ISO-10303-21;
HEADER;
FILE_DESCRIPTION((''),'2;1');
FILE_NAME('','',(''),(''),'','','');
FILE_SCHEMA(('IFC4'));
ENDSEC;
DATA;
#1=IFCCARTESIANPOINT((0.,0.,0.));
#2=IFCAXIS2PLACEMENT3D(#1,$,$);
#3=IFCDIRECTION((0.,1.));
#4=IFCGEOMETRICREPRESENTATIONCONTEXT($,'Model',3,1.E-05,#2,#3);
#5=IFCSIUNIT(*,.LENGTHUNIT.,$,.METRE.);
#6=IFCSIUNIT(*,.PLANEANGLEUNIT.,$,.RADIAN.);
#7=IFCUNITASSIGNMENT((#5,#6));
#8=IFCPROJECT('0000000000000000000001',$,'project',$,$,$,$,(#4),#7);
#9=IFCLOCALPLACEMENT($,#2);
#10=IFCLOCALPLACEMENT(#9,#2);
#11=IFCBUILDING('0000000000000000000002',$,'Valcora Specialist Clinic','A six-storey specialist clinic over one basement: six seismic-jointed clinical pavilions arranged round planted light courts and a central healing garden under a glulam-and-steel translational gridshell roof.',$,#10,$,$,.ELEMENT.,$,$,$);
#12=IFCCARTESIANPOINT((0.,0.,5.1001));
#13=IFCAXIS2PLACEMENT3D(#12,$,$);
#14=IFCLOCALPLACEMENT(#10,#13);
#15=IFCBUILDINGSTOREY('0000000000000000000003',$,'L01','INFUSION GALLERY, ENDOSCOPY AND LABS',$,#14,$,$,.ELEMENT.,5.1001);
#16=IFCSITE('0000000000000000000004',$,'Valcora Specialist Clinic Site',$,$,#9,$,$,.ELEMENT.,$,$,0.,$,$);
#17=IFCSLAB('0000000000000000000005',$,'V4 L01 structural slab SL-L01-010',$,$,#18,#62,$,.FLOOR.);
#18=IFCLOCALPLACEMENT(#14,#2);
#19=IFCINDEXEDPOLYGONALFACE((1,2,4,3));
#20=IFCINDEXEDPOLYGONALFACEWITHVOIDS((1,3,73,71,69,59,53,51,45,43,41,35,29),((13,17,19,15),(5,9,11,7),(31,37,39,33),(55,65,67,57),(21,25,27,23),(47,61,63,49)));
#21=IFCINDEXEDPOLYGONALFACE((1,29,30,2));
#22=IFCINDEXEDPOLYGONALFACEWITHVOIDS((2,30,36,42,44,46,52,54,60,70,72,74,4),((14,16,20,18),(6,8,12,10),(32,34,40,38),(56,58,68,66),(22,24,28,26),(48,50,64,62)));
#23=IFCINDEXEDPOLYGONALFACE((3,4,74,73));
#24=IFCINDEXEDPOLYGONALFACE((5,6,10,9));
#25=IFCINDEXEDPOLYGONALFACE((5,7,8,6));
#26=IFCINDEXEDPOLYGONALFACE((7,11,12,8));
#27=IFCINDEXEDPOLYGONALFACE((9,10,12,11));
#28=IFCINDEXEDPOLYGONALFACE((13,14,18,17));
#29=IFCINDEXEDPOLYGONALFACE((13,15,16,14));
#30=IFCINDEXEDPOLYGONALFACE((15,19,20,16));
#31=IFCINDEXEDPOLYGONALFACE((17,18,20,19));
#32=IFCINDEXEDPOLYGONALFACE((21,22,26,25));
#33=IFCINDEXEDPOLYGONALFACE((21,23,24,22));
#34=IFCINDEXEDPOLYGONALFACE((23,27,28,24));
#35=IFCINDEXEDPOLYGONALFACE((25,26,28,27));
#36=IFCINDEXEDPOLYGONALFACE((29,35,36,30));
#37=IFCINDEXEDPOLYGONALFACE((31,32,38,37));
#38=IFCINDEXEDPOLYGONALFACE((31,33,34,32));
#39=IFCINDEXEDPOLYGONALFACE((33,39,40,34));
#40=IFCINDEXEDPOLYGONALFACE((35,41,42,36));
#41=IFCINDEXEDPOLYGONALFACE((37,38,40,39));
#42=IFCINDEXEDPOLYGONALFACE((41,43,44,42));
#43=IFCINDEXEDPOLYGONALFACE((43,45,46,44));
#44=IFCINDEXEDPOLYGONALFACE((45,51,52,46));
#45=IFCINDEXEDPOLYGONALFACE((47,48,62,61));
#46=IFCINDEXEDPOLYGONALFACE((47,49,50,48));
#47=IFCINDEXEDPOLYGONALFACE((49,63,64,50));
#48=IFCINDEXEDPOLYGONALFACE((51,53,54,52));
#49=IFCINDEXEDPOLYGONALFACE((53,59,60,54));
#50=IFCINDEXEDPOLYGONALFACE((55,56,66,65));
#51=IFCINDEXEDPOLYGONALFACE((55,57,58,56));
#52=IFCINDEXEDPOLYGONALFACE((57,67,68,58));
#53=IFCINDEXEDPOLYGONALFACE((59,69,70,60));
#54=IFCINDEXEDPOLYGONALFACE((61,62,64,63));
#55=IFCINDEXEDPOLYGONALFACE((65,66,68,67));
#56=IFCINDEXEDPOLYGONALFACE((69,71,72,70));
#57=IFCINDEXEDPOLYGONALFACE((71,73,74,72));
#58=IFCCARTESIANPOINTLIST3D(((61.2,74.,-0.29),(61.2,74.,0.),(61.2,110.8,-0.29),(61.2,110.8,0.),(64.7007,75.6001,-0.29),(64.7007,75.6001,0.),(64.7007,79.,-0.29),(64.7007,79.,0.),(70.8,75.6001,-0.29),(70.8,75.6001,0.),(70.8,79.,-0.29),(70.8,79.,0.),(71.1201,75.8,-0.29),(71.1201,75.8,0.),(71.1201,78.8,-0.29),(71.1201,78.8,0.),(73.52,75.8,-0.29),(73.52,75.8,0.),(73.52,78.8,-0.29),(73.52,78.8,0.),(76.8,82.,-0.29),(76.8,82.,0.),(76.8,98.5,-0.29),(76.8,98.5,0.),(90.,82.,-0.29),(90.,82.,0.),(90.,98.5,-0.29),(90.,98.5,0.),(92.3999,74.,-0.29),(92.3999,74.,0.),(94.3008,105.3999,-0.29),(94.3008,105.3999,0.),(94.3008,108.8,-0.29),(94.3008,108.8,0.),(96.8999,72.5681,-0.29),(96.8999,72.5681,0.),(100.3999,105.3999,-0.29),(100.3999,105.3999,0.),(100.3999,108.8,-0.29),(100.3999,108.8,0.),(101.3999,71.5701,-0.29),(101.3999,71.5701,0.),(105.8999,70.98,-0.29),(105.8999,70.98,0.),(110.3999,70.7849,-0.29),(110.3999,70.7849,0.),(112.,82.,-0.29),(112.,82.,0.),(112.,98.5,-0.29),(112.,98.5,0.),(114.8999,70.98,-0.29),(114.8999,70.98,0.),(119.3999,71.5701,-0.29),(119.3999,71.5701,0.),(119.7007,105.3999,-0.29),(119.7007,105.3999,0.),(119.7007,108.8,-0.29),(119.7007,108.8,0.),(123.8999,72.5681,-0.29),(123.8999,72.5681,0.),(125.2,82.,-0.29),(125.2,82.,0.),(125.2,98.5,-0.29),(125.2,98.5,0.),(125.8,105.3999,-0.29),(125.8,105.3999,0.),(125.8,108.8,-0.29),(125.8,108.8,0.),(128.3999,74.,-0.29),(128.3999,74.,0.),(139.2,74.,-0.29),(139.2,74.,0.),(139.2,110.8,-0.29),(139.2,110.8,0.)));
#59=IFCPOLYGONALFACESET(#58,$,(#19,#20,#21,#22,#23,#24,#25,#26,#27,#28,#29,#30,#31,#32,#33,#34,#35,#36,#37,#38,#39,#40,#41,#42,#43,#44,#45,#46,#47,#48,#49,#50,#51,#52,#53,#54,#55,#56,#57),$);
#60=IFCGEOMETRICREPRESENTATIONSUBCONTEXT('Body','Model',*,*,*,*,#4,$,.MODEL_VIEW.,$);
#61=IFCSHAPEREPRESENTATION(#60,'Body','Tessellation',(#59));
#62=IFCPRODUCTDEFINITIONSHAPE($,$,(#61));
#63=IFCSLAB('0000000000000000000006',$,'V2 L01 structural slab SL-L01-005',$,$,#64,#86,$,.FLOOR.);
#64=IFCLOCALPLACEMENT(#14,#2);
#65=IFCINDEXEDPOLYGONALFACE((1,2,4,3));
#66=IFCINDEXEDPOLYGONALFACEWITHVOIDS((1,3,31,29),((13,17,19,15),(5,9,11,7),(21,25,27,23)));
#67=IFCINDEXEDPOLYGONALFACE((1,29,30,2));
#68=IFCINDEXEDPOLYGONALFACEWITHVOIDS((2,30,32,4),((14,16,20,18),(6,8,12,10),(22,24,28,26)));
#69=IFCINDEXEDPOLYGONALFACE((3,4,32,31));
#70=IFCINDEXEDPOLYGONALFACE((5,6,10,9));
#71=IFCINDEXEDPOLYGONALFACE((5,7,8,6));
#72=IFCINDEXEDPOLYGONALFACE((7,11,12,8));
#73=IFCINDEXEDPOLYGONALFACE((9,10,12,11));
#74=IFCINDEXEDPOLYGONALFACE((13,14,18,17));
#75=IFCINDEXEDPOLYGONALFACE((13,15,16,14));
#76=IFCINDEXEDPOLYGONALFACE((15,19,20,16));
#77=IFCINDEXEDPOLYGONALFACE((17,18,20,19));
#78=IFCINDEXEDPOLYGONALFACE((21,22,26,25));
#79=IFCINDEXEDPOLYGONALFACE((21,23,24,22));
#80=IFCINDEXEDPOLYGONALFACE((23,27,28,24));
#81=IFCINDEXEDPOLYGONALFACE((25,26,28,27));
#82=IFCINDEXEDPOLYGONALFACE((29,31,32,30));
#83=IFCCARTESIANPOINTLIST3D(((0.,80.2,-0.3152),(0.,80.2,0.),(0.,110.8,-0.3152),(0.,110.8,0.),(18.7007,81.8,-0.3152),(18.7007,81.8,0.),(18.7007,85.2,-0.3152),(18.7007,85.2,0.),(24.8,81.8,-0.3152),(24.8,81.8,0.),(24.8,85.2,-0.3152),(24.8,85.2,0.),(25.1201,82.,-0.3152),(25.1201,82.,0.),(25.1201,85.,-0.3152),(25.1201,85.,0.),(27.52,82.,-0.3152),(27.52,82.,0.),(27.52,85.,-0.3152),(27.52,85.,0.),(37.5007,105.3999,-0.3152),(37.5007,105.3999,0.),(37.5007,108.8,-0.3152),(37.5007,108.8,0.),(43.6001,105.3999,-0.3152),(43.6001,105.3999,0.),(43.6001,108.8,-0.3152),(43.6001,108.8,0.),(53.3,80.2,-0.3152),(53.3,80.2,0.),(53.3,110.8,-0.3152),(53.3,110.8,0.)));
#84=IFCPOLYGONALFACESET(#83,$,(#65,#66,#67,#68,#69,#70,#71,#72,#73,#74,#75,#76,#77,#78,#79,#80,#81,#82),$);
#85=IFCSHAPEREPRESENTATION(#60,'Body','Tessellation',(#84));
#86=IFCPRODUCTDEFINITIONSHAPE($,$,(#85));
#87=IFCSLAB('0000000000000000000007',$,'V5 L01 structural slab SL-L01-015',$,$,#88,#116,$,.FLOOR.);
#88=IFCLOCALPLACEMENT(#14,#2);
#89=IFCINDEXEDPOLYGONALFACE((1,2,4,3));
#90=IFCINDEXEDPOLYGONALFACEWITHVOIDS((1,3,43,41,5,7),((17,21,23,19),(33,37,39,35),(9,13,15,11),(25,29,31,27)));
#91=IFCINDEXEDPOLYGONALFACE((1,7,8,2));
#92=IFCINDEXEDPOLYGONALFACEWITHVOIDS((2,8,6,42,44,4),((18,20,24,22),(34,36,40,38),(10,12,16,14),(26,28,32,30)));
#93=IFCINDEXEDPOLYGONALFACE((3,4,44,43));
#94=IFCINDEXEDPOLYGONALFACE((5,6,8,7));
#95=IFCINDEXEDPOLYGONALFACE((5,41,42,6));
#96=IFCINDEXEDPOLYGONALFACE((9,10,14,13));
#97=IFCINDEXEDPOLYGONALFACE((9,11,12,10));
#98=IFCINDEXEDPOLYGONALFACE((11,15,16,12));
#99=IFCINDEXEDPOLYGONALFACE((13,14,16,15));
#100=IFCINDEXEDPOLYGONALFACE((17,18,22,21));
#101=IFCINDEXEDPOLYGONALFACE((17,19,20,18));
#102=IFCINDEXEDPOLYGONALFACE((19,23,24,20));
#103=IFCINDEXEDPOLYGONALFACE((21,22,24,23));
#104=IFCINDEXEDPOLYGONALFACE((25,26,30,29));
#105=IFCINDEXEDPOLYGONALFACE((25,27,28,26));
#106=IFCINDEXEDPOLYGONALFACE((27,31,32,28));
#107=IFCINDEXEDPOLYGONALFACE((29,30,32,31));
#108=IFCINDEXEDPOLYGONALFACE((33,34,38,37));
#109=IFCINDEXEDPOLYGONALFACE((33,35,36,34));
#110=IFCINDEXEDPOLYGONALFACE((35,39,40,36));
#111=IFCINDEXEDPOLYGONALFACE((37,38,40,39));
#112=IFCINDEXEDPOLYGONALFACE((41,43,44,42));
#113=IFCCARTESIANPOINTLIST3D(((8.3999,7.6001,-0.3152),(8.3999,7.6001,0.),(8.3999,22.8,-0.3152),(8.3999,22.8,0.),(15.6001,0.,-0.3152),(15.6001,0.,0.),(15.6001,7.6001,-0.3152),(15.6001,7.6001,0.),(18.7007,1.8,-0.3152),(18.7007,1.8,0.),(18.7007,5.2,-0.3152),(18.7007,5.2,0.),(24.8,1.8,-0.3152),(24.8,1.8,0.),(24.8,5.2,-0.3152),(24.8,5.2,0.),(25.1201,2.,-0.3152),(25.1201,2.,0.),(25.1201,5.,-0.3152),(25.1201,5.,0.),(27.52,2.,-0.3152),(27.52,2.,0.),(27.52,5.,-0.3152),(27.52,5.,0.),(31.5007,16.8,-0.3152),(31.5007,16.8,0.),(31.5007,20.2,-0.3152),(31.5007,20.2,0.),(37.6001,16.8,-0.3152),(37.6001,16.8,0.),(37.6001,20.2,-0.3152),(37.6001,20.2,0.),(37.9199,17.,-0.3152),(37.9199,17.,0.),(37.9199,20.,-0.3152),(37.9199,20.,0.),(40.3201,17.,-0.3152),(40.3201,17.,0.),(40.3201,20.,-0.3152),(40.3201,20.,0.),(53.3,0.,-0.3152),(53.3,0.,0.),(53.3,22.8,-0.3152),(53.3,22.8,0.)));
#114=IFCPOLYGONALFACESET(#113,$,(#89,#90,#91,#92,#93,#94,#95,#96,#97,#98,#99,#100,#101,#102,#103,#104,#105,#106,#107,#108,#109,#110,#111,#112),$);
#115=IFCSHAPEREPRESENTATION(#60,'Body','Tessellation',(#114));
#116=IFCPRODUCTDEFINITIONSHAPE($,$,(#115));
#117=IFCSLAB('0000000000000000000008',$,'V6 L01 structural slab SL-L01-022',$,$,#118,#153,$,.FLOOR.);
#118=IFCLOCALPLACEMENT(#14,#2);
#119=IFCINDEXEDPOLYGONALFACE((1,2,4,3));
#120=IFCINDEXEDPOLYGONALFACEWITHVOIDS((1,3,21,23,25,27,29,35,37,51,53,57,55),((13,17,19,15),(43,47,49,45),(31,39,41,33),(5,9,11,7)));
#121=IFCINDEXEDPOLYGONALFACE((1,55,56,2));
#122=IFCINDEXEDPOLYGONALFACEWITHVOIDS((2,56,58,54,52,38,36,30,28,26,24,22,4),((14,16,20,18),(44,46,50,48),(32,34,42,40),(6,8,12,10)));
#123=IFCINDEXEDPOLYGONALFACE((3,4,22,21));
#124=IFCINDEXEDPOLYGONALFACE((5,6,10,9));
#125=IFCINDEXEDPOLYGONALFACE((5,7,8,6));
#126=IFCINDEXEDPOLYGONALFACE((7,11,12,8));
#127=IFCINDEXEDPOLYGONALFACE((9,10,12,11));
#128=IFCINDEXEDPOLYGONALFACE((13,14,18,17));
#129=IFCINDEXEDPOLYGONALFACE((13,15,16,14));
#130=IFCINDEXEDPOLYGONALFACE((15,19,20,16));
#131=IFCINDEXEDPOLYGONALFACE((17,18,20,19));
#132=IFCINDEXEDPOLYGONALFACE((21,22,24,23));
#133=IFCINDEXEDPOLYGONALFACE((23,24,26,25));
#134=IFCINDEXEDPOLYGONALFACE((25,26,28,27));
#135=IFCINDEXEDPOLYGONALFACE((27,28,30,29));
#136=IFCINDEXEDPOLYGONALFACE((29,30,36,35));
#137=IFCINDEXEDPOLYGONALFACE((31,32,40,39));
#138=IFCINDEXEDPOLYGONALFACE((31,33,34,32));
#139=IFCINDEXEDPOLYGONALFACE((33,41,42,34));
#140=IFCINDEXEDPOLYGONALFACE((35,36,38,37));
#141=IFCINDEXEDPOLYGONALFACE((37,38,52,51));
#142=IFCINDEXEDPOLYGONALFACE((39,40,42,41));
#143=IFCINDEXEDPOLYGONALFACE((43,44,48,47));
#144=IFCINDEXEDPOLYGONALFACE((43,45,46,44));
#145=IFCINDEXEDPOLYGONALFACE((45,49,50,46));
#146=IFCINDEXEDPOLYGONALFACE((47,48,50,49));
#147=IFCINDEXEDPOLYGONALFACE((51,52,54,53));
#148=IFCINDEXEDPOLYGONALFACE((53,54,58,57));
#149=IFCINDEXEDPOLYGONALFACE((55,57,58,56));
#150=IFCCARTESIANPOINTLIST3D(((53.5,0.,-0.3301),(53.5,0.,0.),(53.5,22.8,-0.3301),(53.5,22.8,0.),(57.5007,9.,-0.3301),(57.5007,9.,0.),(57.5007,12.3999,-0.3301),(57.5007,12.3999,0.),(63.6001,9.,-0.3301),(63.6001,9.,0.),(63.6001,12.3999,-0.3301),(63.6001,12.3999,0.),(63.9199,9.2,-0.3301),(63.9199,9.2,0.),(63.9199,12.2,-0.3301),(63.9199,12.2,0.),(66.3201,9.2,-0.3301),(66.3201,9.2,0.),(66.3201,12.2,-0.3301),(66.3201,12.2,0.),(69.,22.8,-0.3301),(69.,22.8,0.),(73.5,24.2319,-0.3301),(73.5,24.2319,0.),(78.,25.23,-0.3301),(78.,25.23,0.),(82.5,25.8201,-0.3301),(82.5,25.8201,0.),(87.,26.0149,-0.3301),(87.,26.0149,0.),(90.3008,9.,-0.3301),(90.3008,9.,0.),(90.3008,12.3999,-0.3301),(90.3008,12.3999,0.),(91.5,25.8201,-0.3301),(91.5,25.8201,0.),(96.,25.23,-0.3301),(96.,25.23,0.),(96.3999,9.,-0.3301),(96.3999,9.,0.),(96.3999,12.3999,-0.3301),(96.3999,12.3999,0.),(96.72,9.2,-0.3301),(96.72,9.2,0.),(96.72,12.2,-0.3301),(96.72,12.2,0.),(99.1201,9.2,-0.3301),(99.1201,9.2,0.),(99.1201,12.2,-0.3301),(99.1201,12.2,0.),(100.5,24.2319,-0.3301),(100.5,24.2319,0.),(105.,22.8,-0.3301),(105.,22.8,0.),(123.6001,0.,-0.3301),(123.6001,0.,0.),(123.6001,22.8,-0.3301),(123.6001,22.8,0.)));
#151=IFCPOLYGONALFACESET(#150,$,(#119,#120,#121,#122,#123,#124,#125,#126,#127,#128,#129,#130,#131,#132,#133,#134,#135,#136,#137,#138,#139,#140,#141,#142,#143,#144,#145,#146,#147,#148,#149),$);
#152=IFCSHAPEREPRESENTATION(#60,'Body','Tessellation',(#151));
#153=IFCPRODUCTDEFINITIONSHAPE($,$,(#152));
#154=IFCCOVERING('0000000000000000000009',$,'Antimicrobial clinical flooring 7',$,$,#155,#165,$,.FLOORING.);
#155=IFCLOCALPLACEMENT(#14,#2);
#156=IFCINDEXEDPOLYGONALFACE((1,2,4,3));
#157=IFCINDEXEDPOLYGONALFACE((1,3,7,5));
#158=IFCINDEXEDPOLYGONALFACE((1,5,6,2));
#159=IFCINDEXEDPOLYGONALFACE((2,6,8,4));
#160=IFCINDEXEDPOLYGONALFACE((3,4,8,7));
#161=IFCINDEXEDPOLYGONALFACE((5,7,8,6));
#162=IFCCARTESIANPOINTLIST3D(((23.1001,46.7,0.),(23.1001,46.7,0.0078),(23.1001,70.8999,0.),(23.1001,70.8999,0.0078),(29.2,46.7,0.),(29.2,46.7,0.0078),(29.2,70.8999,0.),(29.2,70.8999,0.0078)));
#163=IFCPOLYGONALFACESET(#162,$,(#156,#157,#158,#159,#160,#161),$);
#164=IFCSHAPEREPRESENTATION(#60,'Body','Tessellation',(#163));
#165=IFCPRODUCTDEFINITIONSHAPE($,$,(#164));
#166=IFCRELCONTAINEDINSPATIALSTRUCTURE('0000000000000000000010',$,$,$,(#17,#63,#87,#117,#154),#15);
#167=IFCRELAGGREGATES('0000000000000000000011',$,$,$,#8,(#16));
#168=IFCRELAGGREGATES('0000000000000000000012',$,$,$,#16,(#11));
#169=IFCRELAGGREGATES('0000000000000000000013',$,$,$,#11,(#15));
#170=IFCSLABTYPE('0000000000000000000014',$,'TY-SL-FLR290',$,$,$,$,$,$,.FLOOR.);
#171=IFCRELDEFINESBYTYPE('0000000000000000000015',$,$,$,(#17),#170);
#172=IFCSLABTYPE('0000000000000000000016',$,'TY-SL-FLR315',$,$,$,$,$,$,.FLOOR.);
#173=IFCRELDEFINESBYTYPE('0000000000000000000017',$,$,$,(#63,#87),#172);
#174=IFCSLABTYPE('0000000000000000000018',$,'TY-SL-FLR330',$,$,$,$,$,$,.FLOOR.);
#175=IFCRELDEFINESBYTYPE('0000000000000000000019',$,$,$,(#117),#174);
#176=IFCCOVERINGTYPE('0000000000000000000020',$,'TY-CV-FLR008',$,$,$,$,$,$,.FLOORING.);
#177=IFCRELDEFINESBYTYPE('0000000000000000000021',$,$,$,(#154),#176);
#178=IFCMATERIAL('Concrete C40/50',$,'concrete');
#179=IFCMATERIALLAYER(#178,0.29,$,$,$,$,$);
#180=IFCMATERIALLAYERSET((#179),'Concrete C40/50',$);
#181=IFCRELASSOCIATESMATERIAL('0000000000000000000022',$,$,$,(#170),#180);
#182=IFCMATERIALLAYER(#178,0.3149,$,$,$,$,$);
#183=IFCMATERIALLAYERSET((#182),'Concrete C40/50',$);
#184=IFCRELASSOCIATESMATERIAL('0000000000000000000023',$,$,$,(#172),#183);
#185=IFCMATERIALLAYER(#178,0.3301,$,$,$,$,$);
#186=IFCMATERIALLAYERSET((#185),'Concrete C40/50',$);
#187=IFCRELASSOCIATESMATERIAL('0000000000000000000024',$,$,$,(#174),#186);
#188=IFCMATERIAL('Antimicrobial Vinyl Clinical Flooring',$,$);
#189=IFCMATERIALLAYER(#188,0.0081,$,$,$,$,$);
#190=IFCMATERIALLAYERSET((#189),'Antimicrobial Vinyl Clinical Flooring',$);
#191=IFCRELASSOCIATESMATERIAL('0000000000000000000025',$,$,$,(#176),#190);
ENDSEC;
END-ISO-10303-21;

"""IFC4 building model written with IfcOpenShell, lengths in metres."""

from ifc_helpers import new_model, si_unit, direction, frame, origin, place, context, subcontext, project, spatial, polyline, outline, extrude, material, layer, layer_set, type_object, element, save


model = new_model("IFC4")

# Units and contexts
model_context = context("Model", 3, precision=1e-05, world=origin(), true_north=direction((0.0, 1.0)))
body_context = subcontext(model_context, "Body", "Model", "MODEL_VIEW")
ifc_project = project(units=[si_unit("LENGTHUNIT", "METRE"), si_unit("PLANEANGLEUNIT", "RADIAN")], contexts=[model_context])

# Site, building, storey
site_placement = place(None, origin())
site = spatial("IfcSite", under=ifc_project, at=site_placement, Name="Valcora Specialist Clinic Site", CompositionType="ELEMENT", RefElevation=0.0)
building_placement = place(site_placement, origin())
building = spatial("IfcBuilding", under=site, at=building_placement, Name="Valcora Specialist Clinic", Description="A six-storey specialist clinic over one basement: six seismic-jointed clinical pavilions arranged round planted light courts and a central healing garden under a glulam-and-steel translational gridshell roof.", CompositionType="ELEMENT")
storey_placement = place(building_placement, frame((0.0, 0.0, 5.1001)))
storey = spatial("IfcBuildingStorey", under=building, at=storey_placement, Name="L01", Description="INFUSION GALLERY, ENDOSCOPY AND LABS", CompositionType="ELEMENT", Elevation=5.1001)

# Slabs
ifc_material_1 = material(Name="Concrete C40/50", Category="concrete")
ifc_layer_1 = layer(ifc_material_1, 0.29)
ifc_layer_set_1 = layer_set([ifc_layer_1], Name="Concrete C40/50")
slab_type_1 = type_object("IfcSlabType", Name="TY-SL-FLR290", PredefinedType="FLOOR", material=ifc_layer_set_1)
slab_1_placement = place(storey_placement, frame((0.0, 0.0, -0.29)))
element("IfcSlab", 1, at=slab_1_placement, inside=storey, type_object=slab_type_1, Name="V4 L01 structural slab SL-L01-010", PredefinedType="FLOOR", context=body_context, shape_type="SweptSolid", body=[
    extrude(outline(polyline([(61.2, 74.0), (92.3999, 74.0), (96.8999, 72.5681), (101.3999, 71.5701), (105.8999, 70.98), (110.3999, 70.7849), (114.8999, 70.98), (119.3999, 71.5701), (123.8999, 72.5681), (128.3999, 74.0), (139.2, 74.0), (139.2, 110.8), (61.2, 110.8), (61.2, 74.0)]), holes=[polyline([(76.8, 82.0), (90.0, 82.0), (90.0, 98.5), (76.8, 98.5), (76.8, 82.0)]), polyline([(112.0, 82.0), (125.2, 82.0), (125.2, 98.5), (112.0, 98.5), (112.0, 82.0)]), polyline([(64.7007, 75.6001), (70.8, 75.6001), (70.8, 79.0), (64.7007, 79.0), (64.7007, 75.6001)]), polyline([(71.1201, 75.8), (73.52, 75.8), (73.52, 78.8), (71.1201, 78.8), (71.1201, 75.8)]), polyline([(94.3008, 105.3999), (100.3999, 105.3999), (100.3999, 108.8), (94.3008, 108.8), (94.3008, 105.3999)]), polyline([(119.7007, 105.3999), (125.8, 105.3999), (125.8, 108.8), (119.7007, 108.8), (119.7007, 105.3999)])]), origin(), (0.0, 0.0, 1.0), 0.29),
])
ifc_layer_2 = layer(ifc_material_1, 0.3149)
ifc_layer_set_2 = layer_set([ifc_layer_2], Name="Concrete C40/50")
slab_type_2 = type_object("IfcSlabType", Name="TY-SL-FLR315", PredefinedType="FLOOR", material=ifc_layer_set_2)
slab_2_placement = place(storey_placement, frame((0.0, 0.0, -0.3152)))
element("IfcSlab", 2, at=slab_2_placement, inside=storey, type_object=slab_type_2, Name="V2 L01 structural slab SL-L01-005", PredefinedType="FLOOR", context=body_context, shape_type="SweptSolid", body=[
    extrude(outline(polyline([(0.0, 80.2), (53.3, 80.2), (53.3, 110.8), (0.0, 110.8), (0.0, 80.2)]), holes=[polyline([(18.7007, 81.8), (24.8, 81.8), (24.8, 85.2), (18.7007, 85.2), (18.7007, 81.8)]), polyline([(25.1201, 82.0), (27.52, 82.0), (27.52, 85.0), (25.1201, 85.0), (25.1201, 82.0)]), polyline([(37.5007, 105.3999), (43.6001, 105.3999), (43.6001, 108.8), (37.5007, 108.8), (37.5007, 105.3999)])]), origin(), (0.0, 0.0, 1.0), 0.3152),
])
slab_3_placement = place(storey_placement, frame((0.0, 0.0, -0.3152)))
element("IfcSlab", 3, at=slab_3_placement, inside=storey, type_object=slab_type_2, Name="V5 L01 structural slab SL-L01-015", PredefinedType="FLOOR", context=body_context, shape_type="SweptSolid", body=[
    extrude(outline(polyline([(15.6001, 0.0), (53.3, 0.0), (53.3, 22.8), (8.3999, 22.8), (8.3999, 7.6001), (15.6001, 7.6001), (15.6001, 0.0)]), holes=[polyline([(18.7007, 1.8), (24.8, 1.8), (24.8, 5.2), (18.7007, 5.2), (18.7007, 1.8)]), polyline([(25.1201, 2.0), (27.52, 2.0), (27.52, 5.0), (25.1201, 5.0), (25.1201, 2.0)]), polyline([(31.5007, 16.8), (37.6001, 16.8), (37.6001, 20.2), (31.5007, 20.2), (31.5007, 16.8)]), polyline([(37.9199, 17.0), (40.3201, 17.0), (40.3201, 20.0), (37.9199, 20.0), (37.9199, 17.0)])]), origin(), (0.0, 0.0, 1.0), 0.3152),
])
ifc_layer_3 = layer(ifc_material_1, 0.3301)
ifc_layer_set_3 = layer_set([ifc_layer_3], Name="Concrete C40/50")
slab_type_3 = type_object("IfcSlabType", Name="TY-SL-FLR330", PredefinedType="FLOOR", material=ifc_layer_set_3)
slab_4_placement = place(storey_placement, frame((0.0, 0.0, -0.3301)))
element("IfcSlab", 4, at=slab_4_placement, inside=storey, type_object=slab_type_3, Name="V6 L01 structural slab SL-L01-022", PredefinedType="FLOOR", context=body_context, shape_type="SweptSolid", body=[
    extrude(outline(polyline([(53.5, 0.0), (123.6001, 0.0), (123.6001, 22.8), (105.0, 22.8), (100.5, 24.2319), (96.0, 25.23), (91.5, 25.8201), (87.0, 26.0149), (82.5, 25.8201), (78.0, 25.23), (73.5, 24.2319), (69.0, 22.8), (53.5, 22.8), (53.5, 0.0)]), holes=[polyline([(57.5007, 9.0), (63.6001, 9.0), (63.6001, 12.3999), (57.5007, 12.3999), (57.5007, 9.0)]), polyline([(63.9199, 9.2), (66.3201, 9.2), (66.3201, 12.2), (63.9199, 12.2), (63.9199, 9.2)]), polyline([(90.3008, 9.0), (96.3999, 9.0), (96.3999, 12.3999), (90.3008, 12.3999), (90.3008, 9.0)]), polyline([(96.72, 9.2), (99.1201, 9.2), (99.1201, 12.2), (96.72, 12.2), (96.72, 9.2)])]), origin(), (0.0, 0.0, 1.0), 0.3301),
])

# Covering
ifc_material_2 = material(Name="Antimicrobial Vinyl Clinical Flooring")
ifc_layer_4 = layer(ifc_material_2, 0.0081)
ifc_layer_set_4 = layer_set([ifc_layer_4], Name="Antimicrobial Vinyl Clinical Flooring")
covering_type = type_object("IfcCoveringType", Name="TY-CV-FLR008", PredefinedType="FLOORING", material=ifc_layer_set_4)
covering_placement = place(storey_placement, origin())
element("IfcCovering", 5, at=covering_placement, inside=storey, type_object=covering_type, Name="Antimicrobial clinical flooring 7", PredefinedType="FLOORING", context=body_context, shape_type="SweptSolid", body=[
    extrude(outline(polyline([(23.1001, 70.8999), (29.2, 70.8999), (29.2, 46.7), (23.1001, 46.7), (23.1001, 70.8999)])), origin(), (0.0, 0.0, 1.0), 0.0078),
])

save(model, "model.ifc")
